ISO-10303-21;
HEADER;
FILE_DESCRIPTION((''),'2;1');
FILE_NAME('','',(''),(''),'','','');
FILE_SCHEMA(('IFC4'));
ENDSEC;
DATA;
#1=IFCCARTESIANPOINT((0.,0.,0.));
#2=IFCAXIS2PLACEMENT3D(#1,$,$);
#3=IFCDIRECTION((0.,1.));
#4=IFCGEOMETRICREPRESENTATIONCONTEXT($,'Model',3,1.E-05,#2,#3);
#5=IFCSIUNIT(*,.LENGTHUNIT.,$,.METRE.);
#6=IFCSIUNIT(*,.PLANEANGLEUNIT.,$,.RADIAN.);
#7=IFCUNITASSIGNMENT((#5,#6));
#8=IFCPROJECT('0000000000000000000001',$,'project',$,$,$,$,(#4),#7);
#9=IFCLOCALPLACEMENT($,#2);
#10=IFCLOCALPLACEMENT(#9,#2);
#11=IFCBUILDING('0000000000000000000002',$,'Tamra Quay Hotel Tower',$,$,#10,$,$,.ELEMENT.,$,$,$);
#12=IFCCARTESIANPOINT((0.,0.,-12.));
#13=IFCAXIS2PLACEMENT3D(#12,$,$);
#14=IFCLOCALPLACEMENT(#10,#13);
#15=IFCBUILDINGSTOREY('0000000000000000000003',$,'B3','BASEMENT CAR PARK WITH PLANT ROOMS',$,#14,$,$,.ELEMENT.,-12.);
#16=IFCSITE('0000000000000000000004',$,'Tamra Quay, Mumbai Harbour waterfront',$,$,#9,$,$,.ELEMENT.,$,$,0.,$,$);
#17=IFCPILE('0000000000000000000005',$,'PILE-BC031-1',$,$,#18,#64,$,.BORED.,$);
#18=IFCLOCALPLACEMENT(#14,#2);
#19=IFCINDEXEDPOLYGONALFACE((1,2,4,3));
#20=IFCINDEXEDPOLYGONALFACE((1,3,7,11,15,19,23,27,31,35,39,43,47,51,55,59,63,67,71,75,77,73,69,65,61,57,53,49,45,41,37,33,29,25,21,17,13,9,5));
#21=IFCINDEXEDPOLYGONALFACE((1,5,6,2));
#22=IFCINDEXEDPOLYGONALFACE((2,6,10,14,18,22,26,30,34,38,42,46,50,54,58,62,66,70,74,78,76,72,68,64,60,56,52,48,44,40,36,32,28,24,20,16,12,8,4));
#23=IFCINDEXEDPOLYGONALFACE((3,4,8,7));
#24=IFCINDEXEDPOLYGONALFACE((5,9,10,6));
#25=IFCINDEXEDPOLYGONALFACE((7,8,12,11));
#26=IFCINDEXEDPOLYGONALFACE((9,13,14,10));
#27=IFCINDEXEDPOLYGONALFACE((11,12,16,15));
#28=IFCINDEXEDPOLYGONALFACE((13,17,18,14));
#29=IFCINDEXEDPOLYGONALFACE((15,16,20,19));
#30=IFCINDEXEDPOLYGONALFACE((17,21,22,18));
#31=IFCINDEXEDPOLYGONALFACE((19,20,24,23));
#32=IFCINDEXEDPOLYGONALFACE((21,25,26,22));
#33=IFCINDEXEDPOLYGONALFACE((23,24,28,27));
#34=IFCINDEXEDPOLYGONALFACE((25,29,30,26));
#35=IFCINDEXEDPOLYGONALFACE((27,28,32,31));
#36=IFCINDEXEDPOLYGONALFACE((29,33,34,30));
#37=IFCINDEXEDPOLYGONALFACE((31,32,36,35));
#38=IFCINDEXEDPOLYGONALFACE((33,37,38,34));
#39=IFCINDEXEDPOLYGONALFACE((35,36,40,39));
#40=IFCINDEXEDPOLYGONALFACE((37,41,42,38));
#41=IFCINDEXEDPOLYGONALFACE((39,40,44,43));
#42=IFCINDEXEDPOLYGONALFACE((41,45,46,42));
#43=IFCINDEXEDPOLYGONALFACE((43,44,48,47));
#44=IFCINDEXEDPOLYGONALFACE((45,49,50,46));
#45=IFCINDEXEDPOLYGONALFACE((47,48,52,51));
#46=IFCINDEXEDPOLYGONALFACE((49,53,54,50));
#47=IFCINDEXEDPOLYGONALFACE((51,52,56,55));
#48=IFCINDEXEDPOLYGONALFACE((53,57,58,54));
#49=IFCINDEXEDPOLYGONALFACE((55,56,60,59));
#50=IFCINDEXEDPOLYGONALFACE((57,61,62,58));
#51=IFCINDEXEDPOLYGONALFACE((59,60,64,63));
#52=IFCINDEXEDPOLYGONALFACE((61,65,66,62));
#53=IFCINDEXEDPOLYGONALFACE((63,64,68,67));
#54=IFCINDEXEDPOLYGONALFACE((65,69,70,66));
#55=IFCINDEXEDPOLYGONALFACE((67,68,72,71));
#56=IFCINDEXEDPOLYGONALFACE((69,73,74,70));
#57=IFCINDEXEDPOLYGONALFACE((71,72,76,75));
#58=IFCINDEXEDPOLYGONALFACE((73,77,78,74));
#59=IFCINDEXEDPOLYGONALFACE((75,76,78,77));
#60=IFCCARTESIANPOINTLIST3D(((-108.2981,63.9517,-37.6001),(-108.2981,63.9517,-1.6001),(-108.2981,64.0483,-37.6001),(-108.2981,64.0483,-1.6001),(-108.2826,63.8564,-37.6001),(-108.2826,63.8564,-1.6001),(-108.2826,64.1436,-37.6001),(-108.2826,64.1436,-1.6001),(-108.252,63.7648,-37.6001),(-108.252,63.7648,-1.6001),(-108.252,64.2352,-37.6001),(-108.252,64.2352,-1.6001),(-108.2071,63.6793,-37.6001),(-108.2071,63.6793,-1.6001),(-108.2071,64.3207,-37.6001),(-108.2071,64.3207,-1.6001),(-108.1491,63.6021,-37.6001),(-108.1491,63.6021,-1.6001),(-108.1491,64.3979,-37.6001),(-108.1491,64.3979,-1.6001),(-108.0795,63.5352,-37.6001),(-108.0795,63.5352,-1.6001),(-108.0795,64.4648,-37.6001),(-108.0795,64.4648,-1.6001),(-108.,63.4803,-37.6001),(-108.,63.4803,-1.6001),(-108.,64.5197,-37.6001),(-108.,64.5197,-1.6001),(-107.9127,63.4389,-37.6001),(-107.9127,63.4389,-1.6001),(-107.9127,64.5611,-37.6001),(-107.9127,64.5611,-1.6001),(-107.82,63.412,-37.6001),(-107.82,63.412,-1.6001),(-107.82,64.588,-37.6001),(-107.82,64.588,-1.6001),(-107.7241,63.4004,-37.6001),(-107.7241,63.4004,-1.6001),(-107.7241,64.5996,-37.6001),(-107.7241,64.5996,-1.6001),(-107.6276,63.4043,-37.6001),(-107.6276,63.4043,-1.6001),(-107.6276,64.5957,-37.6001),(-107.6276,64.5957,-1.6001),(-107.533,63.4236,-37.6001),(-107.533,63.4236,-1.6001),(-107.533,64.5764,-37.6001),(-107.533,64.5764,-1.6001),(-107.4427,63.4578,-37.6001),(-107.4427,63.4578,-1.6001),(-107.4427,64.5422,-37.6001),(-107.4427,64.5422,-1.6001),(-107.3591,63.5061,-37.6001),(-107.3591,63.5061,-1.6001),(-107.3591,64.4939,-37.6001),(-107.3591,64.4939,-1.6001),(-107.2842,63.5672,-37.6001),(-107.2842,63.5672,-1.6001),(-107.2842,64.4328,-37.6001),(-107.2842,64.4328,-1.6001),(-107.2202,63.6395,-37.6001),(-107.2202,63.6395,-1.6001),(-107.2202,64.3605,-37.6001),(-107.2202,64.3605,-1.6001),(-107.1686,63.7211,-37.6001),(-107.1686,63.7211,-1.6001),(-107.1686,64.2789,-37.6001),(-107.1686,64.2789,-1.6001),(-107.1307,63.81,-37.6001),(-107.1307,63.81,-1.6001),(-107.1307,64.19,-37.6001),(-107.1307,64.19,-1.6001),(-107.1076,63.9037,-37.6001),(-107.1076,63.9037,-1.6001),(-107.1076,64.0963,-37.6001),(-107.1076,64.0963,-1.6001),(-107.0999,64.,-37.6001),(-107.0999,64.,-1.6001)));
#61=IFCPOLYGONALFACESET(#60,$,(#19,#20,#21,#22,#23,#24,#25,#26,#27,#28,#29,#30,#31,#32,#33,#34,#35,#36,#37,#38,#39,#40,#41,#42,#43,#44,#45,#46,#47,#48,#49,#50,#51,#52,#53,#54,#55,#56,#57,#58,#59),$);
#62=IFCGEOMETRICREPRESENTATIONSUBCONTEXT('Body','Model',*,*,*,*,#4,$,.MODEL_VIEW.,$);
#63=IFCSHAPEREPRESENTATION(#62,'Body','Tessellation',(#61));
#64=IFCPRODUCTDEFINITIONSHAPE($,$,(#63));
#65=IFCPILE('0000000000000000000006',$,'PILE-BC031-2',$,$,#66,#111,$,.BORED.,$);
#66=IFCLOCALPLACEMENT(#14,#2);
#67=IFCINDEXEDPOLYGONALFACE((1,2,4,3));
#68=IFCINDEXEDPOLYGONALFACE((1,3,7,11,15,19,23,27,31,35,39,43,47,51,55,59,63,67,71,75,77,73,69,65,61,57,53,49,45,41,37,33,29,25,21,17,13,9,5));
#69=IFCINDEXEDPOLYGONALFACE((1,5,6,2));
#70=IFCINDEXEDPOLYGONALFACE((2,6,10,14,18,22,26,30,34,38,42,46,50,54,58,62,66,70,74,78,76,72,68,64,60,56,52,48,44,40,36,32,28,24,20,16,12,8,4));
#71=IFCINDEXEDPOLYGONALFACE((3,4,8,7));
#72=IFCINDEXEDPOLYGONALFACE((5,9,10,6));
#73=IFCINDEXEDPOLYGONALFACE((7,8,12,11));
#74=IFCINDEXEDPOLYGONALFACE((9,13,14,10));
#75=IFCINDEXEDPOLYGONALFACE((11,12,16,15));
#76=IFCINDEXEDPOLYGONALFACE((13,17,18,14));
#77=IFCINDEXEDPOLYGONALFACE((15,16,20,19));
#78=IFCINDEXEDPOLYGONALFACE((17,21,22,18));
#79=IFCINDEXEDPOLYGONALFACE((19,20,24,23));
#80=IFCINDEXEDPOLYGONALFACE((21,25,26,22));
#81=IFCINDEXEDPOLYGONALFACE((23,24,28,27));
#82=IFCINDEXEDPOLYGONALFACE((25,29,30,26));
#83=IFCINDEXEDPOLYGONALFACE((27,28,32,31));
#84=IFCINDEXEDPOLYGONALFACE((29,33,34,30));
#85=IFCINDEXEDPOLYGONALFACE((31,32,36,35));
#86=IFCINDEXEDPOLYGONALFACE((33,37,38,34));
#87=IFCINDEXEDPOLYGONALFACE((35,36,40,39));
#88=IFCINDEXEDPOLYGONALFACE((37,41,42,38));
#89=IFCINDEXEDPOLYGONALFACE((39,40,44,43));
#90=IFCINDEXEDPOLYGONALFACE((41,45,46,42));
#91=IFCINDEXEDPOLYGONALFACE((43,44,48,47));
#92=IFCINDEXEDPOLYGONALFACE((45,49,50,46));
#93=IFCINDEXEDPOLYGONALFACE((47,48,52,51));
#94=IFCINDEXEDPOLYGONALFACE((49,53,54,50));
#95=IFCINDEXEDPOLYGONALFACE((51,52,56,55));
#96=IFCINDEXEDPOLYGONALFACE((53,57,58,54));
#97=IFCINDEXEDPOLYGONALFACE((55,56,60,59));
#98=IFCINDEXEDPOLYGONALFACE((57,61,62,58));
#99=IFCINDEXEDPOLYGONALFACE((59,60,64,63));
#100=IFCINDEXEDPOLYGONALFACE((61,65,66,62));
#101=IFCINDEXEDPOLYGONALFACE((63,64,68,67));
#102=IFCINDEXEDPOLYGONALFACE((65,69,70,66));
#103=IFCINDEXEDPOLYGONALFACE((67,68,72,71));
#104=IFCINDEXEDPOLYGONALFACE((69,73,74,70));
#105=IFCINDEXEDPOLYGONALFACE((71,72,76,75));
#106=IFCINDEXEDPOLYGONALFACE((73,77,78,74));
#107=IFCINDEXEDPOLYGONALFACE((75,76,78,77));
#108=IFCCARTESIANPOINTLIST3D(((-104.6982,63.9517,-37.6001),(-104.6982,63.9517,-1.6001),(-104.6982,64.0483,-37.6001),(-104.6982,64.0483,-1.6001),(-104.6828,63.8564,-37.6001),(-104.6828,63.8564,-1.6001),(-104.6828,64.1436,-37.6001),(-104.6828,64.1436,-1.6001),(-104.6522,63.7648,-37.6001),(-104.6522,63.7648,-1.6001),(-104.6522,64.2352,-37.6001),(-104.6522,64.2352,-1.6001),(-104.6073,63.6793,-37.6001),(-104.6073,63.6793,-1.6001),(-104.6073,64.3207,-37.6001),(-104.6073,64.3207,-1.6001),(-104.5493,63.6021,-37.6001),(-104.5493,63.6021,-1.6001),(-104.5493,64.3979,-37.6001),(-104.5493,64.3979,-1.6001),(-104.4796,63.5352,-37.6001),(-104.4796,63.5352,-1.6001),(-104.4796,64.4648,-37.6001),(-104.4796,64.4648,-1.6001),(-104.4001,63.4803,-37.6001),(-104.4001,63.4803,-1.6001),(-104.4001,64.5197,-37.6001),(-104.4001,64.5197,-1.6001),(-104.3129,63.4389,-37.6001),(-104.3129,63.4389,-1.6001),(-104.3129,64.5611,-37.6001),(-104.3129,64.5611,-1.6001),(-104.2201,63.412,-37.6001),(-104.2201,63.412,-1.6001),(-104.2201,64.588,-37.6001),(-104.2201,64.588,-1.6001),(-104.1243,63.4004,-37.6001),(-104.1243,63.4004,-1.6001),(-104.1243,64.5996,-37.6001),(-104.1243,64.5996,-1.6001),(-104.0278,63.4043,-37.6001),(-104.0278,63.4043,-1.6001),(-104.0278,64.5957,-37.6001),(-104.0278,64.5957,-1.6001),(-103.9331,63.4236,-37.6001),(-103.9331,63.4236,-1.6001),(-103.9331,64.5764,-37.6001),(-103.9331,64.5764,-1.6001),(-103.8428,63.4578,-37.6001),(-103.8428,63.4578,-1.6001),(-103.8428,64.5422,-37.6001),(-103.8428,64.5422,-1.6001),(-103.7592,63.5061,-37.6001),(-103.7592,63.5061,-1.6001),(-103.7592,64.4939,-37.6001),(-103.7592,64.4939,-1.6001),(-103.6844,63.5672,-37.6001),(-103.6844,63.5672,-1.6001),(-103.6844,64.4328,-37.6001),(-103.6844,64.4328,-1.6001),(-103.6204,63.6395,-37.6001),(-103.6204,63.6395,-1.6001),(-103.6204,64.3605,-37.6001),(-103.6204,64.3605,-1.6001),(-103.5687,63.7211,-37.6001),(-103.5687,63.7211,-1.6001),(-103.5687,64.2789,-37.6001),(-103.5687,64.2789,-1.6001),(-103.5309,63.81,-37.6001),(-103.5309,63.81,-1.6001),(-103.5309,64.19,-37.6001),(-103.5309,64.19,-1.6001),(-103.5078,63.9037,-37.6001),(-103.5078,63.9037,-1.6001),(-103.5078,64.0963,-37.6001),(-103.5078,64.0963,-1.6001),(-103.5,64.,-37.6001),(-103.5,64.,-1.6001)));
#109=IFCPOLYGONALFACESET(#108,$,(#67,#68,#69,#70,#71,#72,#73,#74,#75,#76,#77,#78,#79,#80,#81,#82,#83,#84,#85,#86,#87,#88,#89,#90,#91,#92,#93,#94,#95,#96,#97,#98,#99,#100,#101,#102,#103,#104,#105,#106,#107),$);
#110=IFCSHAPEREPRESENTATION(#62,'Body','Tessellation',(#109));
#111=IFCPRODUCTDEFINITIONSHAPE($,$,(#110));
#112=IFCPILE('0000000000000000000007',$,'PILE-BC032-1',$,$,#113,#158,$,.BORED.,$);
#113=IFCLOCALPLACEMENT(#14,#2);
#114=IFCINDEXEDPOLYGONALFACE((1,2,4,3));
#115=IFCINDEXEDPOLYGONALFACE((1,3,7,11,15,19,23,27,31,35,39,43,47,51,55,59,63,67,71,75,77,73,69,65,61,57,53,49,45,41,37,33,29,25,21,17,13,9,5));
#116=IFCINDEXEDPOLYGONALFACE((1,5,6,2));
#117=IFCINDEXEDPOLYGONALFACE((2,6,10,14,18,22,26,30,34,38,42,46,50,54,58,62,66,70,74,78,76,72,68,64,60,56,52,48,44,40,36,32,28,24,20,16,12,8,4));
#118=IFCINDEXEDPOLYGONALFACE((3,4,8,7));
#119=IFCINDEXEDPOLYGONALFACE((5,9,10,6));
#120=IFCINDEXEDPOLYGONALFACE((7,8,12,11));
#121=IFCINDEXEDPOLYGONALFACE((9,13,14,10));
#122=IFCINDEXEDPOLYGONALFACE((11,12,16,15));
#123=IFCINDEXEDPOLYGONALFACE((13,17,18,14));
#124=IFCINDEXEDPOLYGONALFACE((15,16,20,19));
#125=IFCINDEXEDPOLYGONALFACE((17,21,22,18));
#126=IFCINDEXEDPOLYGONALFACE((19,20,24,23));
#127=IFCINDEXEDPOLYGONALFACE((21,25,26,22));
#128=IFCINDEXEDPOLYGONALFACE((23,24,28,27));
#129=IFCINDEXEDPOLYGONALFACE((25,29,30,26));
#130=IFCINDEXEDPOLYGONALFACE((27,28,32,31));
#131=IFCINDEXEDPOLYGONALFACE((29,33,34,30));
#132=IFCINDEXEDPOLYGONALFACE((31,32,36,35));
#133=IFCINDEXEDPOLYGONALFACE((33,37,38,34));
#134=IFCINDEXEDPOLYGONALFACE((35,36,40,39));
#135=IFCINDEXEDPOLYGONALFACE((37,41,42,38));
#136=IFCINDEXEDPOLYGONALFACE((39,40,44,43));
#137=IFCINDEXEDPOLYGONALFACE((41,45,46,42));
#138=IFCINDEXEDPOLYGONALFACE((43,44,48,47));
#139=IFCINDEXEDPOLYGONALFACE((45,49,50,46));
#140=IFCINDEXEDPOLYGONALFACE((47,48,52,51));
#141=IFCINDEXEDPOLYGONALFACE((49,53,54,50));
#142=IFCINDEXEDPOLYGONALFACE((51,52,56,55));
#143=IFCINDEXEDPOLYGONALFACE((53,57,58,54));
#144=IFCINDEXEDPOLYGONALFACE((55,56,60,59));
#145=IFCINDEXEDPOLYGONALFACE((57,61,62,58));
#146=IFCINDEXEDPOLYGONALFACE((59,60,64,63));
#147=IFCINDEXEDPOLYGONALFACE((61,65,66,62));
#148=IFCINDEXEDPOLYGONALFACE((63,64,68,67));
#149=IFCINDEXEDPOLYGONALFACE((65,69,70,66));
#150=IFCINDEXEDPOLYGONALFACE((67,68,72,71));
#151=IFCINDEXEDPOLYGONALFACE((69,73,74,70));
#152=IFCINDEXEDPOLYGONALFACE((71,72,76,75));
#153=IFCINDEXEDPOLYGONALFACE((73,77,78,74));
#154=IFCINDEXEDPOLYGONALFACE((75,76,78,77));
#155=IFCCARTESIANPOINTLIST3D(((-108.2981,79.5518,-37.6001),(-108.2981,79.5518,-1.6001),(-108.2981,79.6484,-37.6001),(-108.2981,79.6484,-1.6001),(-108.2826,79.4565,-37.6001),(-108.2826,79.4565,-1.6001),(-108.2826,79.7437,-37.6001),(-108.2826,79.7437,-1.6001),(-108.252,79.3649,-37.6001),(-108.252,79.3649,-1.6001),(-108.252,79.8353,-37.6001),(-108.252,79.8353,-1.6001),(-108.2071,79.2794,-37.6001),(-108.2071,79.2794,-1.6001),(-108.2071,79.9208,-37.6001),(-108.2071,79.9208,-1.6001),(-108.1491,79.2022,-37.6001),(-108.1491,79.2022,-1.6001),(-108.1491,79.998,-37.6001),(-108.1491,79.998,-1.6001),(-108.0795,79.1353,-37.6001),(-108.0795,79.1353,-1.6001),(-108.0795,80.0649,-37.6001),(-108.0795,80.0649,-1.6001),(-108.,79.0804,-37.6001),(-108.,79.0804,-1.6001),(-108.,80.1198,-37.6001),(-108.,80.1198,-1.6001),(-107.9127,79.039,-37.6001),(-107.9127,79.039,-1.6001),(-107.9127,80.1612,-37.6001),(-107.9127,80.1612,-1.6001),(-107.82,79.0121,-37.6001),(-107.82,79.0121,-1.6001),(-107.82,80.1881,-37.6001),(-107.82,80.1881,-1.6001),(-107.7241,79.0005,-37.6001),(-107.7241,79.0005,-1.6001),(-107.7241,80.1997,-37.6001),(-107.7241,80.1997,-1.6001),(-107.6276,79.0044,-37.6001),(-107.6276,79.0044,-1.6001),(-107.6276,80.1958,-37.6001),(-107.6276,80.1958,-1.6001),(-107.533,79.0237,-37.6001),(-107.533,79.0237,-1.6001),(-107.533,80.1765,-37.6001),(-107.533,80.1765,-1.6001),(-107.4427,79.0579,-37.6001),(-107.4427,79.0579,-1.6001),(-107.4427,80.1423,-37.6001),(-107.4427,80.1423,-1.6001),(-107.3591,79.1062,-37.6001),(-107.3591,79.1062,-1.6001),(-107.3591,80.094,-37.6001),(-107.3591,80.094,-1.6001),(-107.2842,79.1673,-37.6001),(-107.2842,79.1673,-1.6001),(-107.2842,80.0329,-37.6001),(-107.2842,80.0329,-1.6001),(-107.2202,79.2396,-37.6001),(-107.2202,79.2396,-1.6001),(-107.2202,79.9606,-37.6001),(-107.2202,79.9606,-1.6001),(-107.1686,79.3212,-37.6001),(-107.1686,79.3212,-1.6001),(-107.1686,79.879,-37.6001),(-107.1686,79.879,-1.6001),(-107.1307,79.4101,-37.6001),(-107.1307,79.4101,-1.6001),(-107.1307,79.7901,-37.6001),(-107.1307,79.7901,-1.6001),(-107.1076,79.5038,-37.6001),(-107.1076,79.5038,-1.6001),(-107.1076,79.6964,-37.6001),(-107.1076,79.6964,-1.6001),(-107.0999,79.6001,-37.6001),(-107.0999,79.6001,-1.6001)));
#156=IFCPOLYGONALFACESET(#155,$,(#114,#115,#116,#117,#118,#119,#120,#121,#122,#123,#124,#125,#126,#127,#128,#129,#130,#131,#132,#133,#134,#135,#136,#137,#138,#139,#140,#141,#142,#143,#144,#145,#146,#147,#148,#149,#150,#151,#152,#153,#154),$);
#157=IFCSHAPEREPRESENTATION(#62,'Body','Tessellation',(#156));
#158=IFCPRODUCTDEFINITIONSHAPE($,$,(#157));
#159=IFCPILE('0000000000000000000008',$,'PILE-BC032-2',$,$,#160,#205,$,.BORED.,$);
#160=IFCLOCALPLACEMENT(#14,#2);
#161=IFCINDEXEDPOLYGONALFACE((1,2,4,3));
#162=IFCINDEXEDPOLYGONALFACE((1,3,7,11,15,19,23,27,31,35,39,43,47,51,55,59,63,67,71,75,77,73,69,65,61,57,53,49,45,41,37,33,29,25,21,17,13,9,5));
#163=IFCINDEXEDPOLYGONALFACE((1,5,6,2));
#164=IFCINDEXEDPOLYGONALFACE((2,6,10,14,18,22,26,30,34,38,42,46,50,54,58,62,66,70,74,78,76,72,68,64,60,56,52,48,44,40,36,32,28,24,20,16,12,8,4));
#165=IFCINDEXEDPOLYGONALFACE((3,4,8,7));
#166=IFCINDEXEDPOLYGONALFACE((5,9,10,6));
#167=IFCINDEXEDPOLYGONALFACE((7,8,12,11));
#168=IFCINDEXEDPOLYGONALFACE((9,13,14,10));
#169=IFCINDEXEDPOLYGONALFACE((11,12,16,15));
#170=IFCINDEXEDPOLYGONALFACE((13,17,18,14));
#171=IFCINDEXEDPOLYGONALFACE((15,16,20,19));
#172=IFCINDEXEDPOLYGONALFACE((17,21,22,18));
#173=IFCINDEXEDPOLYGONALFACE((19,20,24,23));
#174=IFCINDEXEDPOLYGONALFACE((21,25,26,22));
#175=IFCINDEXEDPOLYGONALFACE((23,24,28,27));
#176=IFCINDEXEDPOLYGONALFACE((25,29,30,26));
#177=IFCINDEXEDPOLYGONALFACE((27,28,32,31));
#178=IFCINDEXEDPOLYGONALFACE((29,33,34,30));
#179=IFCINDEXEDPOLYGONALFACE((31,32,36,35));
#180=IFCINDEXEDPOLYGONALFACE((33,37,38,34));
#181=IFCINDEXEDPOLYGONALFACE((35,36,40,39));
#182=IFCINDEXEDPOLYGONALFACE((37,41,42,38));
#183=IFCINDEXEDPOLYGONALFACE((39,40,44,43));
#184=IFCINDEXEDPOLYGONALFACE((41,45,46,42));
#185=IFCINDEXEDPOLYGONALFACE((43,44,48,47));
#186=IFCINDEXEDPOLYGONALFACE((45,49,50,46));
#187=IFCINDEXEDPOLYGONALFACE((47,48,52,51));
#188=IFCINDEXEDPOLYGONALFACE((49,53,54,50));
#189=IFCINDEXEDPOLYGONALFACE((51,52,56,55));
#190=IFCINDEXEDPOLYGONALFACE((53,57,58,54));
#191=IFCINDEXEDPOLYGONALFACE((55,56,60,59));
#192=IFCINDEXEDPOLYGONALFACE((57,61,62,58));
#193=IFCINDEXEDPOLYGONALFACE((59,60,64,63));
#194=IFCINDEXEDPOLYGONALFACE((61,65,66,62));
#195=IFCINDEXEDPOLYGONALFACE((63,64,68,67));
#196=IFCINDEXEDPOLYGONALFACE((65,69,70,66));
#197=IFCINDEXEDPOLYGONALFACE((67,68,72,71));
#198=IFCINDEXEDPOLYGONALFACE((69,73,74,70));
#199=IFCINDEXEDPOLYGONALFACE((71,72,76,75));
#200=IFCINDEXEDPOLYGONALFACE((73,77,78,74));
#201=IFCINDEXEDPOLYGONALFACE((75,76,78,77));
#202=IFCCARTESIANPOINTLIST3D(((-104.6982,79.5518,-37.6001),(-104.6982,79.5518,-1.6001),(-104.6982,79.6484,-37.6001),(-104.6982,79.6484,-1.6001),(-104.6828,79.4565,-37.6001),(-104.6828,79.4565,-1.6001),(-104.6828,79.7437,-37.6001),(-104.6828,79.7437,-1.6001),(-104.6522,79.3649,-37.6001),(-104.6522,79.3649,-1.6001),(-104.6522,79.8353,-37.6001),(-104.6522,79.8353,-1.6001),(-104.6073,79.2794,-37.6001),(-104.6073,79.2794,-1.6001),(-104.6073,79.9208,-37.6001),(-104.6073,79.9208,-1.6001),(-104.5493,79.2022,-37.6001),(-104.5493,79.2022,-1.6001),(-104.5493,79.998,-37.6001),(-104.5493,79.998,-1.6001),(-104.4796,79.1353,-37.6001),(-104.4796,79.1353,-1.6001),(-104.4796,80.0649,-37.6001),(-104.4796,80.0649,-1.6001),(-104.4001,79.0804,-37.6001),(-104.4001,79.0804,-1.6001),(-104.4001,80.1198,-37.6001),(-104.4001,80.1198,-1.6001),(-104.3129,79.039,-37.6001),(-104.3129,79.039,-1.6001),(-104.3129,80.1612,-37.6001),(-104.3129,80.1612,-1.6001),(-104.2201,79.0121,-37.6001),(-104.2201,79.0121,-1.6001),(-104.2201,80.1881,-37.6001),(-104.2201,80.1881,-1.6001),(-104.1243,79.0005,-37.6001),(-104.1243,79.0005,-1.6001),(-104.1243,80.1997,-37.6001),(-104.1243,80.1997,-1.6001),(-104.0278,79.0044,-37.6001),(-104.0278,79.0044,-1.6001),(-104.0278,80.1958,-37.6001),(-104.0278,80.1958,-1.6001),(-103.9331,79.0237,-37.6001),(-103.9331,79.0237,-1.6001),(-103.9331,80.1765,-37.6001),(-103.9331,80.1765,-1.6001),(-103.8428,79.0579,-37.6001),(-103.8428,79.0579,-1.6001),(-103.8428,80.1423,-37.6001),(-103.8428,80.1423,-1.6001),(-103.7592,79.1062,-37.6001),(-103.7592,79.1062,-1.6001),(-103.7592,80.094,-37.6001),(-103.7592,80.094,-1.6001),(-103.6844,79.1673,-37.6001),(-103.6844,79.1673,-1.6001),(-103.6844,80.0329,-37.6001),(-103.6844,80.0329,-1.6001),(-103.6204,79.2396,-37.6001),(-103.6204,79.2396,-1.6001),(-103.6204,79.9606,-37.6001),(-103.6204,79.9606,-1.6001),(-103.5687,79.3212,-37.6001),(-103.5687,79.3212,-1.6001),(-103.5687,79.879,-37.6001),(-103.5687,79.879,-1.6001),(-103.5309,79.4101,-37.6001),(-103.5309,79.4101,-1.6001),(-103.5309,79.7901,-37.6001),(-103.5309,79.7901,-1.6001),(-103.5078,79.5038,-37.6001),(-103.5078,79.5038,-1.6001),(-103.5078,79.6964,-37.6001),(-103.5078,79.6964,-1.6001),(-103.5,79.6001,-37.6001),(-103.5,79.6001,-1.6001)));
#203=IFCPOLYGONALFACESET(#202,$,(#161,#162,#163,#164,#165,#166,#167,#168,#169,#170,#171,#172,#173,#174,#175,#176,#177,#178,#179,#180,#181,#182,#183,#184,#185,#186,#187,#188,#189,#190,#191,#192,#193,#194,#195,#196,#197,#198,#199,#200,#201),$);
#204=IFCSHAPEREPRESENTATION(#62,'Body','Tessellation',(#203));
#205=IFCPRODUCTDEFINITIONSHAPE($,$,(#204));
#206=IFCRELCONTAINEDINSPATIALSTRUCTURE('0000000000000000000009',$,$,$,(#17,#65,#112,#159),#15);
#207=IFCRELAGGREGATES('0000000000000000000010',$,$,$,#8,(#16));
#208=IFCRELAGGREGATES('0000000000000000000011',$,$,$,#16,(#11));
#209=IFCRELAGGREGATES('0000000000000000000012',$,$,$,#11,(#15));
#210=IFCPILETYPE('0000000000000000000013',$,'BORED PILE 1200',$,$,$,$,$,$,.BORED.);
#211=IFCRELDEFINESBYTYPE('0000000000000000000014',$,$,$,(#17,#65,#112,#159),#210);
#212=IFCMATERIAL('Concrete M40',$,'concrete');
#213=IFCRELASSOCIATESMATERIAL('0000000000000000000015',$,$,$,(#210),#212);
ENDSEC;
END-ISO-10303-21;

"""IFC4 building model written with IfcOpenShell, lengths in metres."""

from ifc_helpers import new_model, si_unit, direction, frame, origin, origin_2d, place, context, subcontext, project, spatial, circle, extrude, material, material_profile, profile_set, type_object, element, save


model = new_model("IFC4")

# Units and contexts
model_context = context("Model", 3, precision=1e-05, world=origin(), true_north=direction((0.0, 1.0)))
body_context = subcontext(model_context, "Body", "Model", "MODEL_VIEW")
ifc_project = project(units=[si_unit("LENGTHUNIT", "METRE"), si_unit("PLANEANGLEUNIT", "RADIAN")], contexts=[model_context])

# Site, building, storey
site_placement = place(None, origin())
site = spatial("IfcSite", under=ifc_project, at=site_placement, Name="Tamra Quay, Mumbai Harbour waterfront", CompositionType="ELEMENT", RefElevation=0.0)
building_placement = place(site_placement, origin())
building = spatial("IfcBuilding", under=site, at=building_placement, Name="Tamra Quay Hotel Tower", CompositionType="ELEMENT")
storey_placement = place(building_placement, frame((0.0, 0.0, -12.0)))
storey = spatial("IfcBuildingStorey", under=building, at=storey_placement, Name="B3", Description="BASEMENT CAR PARK WITH PLANT ROOMS", CompositionType="ELEMENT", Elevation=-12.0)

# Piles
ifc_material_1 = material(Name="Concrete M40", Category="concrete")
ifc_material_profile_1 = material_profile(ifc_material_1, circle(Radius=0.6001, at=origin_2d()), Name="BORED PILE 1200")
ifc_profile_set_1 = profile_set([ifc_material_profile_1], Name="Concrete M40")
pile_type = type_object("IfcPileType", Name="BORED PILE 1200", PredefinedType="BORED", material=ifc_profile_set_1)
for number, where, z_axis, x_axis, name in (
    (1, (-107.7, 64.0, -1.6001), (0.0, 0.0, -1.0), (1.0, 0.0, 0.0), "PILE-BC031-1"),
    (2, (-104.1001, 64.0, -1.6001), (0.0, 0.0, -1.0), (1.0, 0.0, 0.0), "PILE-BC031-2"),
    (3, (-107.7, 79.6001, -1.6001), (0.0, 0.0, -1.0), (1.0, 0.0, 0.0), "PILE-BC032-1"),
    (4, (-104.1001, 79.6001, -1.6001), (0.0, 0.0, -1.0), (1.0, 0.0, 0.0), "PILE-BC032-2"),
):
    element("IfcPile", number, at=place(storey_placement, frame(where, z_axis=z_axis, x_axis=x_axis)), inside=storey, type_object=pile_type, Name=name, PredefinedType="BORED", context=body_context, shape_type="SweptSolid", body=[
        extrude(circle(Radius=0.6001, at=origin_2d()), origin(), (0.0, 0.0, 1.0), 36.0),
    ])

save(model, "model.ifc")
